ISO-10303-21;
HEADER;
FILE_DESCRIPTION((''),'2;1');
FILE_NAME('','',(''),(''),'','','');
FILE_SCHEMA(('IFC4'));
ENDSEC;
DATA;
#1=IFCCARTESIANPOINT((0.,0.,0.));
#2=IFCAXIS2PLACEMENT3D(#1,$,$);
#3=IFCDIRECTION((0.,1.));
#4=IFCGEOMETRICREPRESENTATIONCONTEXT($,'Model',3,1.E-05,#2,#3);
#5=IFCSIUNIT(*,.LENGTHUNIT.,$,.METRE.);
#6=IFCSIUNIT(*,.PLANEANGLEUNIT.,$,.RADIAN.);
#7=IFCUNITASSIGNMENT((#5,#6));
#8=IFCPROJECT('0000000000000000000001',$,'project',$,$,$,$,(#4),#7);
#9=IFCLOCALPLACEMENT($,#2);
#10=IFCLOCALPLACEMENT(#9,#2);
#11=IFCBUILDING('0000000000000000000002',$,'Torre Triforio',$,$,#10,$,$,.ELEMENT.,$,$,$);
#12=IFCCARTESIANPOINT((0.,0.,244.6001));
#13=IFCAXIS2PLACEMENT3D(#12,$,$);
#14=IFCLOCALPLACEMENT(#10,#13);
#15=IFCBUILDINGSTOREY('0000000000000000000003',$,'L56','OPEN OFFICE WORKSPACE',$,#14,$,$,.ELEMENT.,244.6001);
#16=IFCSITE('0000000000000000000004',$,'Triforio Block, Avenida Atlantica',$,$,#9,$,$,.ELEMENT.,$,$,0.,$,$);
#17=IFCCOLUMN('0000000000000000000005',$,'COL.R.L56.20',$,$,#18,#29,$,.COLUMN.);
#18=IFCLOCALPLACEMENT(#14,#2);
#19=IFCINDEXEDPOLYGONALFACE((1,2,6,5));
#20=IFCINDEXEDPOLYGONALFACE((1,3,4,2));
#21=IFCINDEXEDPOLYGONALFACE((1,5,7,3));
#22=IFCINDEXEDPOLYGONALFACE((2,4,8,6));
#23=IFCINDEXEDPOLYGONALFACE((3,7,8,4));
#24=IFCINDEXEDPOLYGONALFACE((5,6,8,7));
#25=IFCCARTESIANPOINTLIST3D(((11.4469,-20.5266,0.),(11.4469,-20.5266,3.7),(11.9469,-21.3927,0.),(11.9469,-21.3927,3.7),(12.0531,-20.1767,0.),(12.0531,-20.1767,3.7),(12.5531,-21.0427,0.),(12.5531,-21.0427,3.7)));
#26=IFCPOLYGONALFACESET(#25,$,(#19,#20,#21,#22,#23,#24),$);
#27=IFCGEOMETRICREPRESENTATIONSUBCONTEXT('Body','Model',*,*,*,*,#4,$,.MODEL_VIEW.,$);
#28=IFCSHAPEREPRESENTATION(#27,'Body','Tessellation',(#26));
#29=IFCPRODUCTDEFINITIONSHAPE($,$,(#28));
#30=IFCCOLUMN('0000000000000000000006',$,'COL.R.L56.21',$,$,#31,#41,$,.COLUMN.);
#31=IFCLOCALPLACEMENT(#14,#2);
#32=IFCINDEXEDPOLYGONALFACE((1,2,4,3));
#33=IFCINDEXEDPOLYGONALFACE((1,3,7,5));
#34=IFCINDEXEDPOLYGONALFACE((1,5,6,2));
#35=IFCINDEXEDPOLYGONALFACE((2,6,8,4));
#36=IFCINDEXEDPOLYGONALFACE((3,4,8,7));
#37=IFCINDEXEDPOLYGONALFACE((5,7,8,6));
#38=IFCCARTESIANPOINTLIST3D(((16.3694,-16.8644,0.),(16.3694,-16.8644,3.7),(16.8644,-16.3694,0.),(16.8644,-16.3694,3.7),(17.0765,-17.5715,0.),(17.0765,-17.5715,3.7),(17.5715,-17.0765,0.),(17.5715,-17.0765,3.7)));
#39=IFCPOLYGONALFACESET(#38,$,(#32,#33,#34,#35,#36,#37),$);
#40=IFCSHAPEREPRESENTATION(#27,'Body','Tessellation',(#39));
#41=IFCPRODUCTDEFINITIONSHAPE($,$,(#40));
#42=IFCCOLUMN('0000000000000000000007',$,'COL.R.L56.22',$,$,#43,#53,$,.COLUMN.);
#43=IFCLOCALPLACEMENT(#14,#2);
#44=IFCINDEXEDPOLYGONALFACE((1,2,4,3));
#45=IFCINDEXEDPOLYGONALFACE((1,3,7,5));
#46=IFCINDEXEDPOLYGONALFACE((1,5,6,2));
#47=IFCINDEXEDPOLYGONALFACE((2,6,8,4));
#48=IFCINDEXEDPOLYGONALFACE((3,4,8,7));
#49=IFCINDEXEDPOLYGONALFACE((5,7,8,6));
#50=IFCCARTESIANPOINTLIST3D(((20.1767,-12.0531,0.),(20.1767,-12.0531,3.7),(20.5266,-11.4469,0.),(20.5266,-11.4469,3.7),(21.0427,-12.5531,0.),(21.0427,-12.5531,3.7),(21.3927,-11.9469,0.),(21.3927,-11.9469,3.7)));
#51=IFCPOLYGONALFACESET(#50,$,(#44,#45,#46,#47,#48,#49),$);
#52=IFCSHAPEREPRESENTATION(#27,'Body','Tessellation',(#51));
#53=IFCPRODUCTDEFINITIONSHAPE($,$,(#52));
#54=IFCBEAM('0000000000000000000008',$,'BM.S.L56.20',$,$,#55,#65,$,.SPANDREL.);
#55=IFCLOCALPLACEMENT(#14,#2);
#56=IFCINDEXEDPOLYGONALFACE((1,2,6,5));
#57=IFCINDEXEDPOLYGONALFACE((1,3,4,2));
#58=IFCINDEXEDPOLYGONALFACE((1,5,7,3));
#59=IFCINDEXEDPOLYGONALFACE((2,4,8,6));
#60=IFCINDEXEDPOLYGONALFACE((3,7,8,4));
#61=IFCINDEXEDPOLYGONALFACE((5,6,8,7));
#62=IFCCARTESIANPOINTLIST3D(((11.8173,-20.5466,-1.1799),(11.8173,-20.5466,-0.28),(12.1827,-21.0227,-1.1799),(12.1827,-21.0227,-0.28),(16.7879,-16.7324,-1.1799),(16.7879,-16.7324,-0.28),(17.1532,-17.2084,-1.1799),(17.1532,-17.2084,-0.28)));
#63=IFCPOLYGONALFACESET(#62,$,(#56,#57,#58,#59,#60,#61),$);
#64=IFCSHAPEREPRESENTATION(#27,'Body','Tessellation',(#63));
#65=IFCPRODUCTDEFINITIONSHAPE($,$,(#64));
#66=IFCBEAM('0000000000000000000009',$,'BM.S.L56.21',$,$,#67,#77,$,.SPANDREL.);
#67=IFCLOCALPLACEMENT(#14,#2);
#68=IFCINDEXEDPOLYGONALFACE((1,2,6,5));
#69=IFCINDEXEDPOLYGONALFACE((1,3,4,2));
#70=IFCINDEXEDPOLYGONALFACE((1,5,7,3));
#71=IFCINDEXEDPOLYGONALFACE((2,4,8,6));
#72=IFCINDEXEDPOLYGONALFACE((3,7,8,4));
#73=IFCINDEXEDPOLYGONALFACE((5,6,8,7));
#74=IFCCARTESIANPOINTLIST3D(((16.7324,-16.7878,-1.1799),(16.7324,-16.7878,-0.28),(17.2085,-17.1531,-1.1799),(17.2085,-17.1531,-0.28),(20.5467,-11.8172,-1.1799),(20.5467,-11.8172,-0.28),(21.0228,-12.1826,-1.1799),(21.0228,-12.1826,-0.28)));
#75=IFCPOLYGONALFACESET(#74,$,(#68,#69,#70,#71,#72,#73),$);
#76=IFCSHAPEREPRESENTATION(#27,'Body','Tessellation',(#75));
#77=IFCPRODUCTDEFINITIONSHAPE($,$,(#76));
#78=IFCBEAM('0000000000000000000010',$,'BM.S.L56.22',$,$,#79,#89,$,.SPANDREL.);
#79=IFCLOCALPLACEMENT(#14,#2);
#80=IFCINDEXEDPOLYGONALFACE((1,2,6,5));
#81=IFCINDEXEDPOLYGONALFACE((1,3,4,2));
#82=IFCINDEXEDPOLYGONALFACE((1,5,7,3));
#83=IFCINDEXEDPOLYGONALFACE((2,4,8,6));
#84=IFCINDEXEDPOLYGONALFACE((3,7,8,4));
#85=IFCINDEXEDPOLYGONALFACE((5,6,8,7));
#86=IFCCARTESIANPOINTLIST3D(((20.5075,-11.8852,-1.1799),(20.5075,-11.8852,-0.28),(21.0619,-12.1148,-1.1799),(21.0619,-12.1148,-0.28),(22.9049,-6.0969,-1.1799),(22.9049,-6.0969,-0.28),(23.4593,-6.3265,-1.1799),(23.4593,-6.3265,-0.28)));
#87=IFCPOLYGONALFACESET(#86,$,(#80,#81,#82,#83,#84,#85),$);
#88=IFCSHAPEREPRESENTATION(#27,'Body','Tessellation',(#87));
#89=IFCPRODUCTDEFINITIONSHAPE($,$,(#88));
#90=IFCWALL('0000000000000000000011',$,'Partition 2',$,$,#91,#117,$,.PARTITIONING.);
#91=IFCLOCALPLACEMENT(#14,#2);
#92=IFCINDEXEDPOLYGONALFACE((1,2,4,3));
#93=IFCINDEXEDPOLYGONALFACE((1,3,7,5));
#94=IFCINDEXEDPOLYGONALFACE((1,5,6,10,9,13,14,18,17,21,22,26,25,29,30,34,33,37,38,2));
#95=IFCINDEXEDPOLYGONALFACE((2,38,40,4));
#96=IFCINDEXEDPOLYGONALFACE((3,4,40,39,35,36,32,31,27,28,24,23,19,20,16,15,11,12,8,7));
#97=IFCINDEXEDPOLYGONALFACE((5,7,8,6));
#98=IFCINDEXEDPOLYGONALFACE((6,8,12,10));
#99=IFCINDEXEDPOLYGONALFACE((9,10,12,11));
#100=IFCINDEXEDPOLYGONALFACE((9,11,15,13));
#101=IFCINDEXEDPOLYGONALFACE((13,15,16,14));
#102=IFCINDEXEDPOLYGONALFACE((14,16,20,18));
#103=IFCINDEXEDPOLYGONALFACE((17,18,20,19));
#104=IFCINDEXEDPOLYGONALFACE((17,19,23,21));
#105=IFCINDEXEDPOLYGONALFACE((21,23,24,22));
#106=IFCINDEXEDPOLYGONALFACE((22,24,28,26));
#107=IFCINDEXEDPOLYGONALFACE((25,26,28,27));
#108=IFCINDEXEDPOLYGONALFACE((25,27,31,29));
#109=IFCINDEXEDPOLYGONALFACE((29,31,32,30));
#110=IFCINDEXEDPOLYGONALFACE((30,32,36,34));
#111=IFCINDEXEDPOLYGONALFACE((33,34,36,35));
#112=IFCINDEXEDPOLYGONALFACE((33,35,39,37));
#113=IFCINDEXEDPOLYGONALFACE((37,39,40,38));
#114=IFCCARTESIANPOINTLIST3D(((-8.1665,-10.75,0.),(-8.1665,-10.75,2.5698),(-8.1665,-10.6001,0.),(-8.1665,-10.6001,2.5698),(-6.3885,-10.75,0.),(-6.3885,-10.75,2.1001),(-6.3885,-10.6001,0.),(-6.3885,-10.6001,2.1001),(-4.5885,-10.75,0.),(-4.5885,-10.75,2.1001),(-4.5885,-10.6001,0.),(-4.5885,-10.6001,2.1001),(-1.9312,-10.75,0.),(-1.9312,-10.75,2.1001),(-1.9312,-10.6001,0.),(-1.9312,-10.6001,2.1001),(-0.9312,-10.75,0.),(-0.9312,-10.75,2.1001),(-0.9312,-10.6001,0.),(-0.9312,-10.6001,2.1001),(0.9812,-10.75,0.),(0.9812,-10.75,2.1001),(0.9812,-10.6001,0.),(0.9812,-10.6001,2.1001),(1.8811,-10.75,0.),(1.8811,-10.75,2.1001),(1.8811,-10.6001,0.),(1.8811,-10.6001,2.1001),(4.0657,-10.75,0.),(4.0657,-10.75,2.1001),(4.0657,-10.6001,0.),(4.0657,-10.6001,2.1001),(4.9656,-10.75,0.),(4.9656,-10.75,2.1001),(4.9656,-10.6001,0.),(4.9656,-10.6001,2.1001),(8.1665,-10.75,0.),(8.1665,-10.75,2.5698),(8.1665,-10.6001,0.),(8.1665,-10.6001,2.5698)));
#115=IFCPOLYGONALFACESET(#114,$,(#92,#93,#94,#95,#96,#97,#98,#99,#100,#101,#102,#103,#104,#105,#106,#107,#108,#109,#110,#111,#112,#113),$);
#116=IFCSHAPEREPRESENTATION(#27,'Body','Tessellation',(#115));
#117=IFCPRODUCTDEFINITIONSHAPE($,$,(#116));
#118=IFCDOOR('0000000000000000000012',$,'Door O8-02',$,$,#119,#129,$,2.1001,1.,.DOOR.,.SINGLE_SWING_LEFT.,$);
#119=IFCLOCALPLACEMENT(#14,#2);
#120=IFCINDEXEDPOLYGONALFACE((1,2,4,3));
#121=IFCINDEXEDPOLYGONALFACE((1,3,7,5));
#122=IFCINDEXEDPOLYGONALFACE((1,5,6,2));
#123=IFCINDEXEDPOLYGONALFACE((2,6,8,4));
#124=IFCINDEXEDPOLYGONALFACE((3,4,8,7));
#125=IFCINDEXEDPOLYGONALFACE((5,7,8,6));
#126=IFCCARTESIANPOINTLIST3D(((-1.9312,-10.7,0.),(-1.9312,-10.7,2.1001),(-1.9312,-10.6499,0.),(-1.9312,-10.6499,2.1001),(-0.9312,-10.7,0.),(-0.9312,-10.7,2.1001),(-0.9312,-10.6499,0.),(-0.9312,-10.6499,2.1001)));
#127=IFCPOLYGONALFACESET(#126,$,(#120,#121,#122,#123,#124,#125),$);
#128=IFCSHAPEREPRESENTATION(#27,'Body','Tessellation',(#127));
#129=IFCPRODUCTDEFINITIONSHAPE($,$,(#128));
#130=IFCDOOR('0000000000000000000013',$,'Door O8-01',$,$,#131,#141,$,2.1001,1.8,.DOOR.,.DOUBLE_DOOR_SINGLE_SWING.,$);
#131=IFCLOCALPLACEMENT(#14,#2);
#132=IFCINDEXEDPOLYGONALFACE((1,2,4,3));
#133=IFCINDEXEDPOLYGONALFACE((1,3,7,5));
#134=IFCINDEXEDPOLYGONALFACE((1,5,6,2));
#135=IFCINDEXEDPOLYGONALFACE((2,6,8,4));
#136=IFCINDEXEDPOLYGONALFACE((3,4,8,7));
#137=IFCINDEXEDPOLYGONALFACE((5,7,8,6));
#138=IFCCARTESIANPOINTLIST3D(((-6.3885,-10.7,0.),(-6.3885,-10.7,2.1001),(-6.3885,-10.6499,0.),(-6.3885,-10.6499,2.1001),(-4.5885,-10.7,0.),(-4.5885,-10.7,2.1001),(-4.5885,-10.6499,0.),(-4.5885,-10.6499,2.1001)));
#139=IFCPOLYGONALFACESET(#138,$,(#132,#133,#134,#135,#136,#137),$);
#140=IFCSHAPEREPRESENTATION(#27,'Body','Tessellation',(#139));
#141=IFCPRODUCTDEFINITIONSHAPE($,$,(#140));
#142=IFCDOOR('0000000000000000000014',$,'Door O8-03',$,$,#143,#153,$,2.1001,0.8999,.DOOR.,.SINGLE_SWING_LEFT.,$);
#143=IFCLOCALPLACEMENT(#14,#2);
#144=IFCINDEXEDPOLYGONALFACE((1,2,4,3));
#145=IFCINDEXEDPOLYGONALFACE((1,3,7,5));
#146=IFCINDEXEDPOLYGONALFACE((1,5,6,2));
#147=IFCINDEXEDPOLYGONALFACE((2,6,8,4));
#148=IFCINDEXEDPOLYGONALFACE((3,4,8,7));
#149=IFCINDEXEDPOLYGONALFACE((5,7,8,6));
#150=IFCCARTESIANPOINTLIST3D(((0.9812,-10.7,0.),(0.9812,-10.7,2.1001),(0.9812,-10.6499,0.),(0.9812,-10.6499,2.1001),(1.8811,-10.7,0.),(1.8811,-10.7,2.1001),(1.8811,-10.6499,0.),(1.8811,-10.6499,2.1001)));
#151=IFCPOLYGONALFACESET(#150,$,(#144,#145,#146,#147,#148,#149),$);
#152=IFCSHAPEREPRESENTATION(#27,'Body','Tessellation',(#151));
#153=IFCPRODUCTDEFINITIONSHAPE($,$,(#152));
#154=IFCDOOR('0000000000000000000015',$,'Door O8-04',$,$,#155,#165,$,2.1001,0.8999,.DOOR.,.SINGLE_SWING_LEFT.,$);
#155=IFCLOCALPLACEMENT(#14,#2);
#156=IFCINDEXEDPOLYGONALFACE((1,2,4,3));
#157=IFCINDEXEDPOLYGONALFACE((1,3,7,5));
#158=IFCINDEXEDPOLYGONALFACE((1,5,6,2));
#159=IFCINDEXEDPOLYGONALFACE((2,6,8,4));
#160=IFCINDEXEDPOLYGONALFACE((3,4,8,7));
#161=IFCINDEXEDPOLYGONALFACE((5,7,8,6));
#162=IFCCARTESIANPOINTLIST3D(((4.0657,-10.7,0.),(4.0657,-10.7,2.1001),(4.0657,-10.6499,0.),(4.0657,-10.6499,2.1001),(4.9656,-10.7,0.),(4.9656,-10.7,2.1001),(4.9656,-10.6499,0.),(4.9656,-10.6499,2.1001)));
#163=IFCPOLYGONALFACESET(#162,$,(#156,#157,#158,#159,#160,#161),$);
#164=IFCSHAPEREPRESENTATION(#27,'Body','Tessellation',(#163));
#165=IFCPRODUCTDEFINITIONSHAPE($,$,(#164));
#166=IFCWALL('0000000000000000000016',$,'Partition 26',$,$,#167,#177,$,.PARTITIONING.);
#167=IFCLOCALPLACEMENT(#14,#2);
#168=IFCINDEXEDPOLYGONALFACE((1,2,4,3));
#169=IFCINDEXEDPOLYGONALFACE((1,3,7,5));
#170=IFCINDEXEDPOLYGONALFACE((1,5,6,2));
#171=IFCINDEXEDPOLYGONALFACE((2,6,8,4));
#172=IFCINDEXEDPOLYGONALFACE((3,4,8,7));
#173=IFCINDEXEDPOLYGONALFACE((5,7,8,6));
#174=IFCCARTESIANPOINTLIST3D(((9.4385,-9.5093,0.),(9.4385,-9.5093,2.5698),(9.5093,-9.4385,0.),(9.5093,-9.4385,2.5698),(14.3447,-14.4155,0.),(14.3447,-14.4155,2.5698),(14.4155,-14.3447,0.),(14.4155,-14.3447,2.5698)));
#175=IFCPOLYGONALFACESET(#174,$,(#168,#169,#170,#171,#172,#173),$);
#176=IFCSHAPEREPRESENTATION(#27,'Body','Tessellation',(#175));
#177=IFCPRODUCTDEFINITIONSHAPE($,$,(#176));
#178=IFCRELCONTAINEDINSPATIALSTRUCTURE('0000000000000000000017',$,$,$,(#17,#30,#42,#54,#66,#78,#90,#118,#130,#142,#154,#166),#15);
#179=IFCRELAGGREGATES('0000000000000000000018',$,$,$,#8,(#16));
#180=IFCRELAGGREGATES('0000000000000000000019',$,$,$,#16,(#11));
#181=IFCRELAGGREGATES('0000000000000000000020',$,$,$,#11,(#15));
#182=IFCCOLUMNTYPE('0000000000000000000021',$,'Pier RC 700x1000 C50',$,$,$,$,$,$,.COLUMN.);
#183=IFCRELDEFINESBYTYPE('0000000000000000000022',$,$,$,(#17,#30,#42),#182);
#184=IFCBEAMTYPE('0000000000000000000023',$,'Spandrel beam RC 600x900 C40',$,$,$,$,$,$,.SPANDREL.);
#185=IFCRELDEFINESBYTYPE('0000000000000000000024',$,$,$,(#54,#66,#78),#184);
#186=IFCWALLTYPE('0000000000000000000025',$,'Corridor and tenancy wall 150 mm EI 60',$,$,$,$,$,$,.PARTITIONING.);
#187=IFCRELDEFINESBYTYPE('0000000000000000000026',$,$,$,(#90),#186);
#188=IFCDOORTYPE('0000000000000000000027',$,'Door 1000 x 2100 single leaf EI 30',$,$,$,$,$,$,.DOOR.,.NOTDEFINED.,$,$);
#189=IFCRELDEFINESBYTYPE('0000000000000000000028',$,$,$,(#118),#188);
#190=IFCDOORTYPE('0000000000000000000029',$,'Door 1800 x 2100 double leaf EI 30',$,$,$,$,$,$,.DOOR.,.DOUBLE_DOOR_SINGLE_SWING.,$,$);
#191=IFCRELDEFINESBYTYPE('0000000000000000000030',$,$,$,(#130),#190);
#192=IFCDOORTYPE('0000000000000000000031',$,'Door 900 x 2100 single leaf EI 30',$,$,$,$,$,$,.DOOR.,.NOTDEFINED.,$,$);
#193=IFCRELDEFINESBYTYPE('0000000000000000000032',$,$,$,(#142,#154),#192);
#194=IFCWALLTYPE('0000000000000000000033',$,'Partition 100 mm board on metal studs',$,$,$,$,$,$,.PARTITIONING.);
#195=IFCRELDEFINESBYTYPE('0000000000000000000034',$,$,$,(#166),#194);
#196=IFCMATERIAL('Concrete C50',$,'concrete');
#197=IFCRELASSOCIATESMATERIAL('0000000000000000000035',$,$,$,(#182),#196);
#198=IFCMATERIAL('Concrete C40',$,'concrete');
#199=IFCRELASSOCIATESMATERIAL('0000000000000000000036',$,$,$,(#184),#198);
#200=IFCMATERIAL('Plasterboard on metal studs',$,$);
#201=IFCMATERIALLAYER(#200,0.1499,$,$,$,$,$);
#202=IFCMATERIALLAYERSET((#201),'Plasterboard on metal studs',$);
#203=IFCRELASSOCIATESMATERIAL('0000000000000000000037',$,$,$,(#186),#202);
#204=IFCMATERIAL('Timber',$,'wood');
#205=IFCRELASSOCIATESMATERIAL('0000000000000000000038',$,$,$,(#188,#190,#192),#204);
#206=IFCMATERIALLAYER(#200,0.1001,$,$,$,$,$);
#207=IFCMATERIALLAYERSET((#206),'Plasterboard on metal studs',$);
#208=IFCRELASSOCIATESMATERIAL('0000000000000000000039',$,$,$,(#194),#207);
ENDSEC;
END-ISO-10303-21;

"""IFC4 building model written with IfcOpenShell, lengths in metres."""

from ifc_helpers import new_model, si_unit, direction, frame, frame_2d, origin, origin_2d, place, context, subcontext, project, spatial, rectangle, extrude, material, layer, layer_set, material_profile, profile_set, type_object, element, fill, save


model = new_model("IFC4")

# Units and contexts
model_context = context("Model", 3, precision=1e-05, world=origin(), true_north=direction((0.0, 1.0)))
body_context = subcontext(model_context, "Body", "Model", "MODEL_VIEW")
ifc_project = project(units=[si_unit("LENGTHUNIT", "METRE"), si_unit("PLANEANGLEUNIT", "RADIAN")], contexts=[model_context])

# Site, building, storey
site_placement = place(None, origin())
site = spatial("IfcSite", under=ifc_project, at=site_placement, Name="Triforio Block, Avenida Atlantica", CompositionType="ELEMENT", RefElevation=0.0)
building_placement = place(site_placement, origin())
building = spatial("IfcBuilding", under=site, at=building_placement, Name="Torre Triforio", CompositionType="ELEMENT")
storey_placement = place(building_placement, frame((0.0, 0.0, 244.6001)))
storey = spatial("IfcBuildingStorey", under=building, at=storey_placement, Name="L56", Description="OPEN OFFICE WORKSPACE", CompositionType="ELEMENT", Elevation=244.6001)

# Columns
ifc_material_1 = material(Name="Concrete C50", Category="concrete")
ifc_material_profile_1 = material_profile(ifc_material_1, rectangle(XDim=0.7, YDim=1.0, at=origin_2d()), Name="RC 700x1000")
ifc_profile_set_1 = profile_set([ifc_material_profile_1], Name="Concrete C50")
column_type = type_object("IfcColumnType", Name="Pier RC 700x1000 C50", PredefinedType="COLUMN", material=ifc_profile_set_1)
for number, where, z_axis, x_axis, name in (
    (1, (12.0, -20.7847, 0.0), (0.0, 0.0, 1.0), (0.866025, 0.5, 0.0), "COL.R.L56.20"),
    (2, (16.9705, -16.9705, 0.0), (0.0, 0.0, 1.0), (0.707107, 0.707107, 0.0), "COL.R.L56.21"),
    (3, (20.7847, -12.0, 0.0), (0.0, 0.0, 1.0), (0.5, 0.866025, 0.0), "COL.R.L56.22"),
):
    element("IfcColumn", number, at=place(storey_placement, frame(where, z_axis=z_axis, x_axis=x_axis)), inside=storey, type_object=column_type, Name=name, PredefinedType="COLUMN", context=body_context, shape_type="SweptSolid", body=[
        extrude(rectangle(XDim=0.7, YDim=1.0, at=origin_2d()), origin(), (0.0, 0.0, 1.0), 3.7),
    ])

# Beams
ifc_material_2 = material(Name="Concrete C40", Category="concrete")
ifc_material_profile_2 = material_profile(ifc_material_2, rectangle(XDim=0.6001, YDim=0.8999, at=origin_2d()), Name="RC 600x900")
ifc_profile_set_2 = profile_set([ifc_material_profile_2], Name="Concrete C40")
beam_type = type_object("IfcBeamType", Name="Spandrel beam RC 600x900 C40", PredefinedType="SPANDREL", material=ifc_profile_set_2)
for number, where, z_axis, x_axis, name in (
    (4, (12.0, -20.7847, -0.73), (0.793335, 0.608786, 0.0), (-0.608786, 0.793335, 0.0), "BM.S.L56.20"),
    (5, (16.9705, -16.9705, -0.73), (0.608786, 0.793335, 0.0), (-0.793335, 0.608786, 0.0), "BM.S.L56.21"),
):
    element("IfcBeam", number, at=place(storey_placement, frame(where, z_axis=z_axis, x_axis=x_axis)), inside=storey, type_object=beam_type, Name=name, PredefinedType="SPANDREL", context=body_context, shape_type="SweptSolid", body=[
        extrude(rectangle(XDim=0.6001, YDim=0.8999, at=origin_2d()), origin(), (0.0, 0.0, 1.0), 6.2654),
    ])
beam_placement = place(storey_placement, frame((20.7847, -12.0, -0.73), z_axis=(0.382664, 0.923888, 0.0), x_axis=(-0.923888, 0.382664, 0.0)))
element("IfcBeam", 6, at=beam_placement, inside=storey, type_object=beam_type, Name="BM.S.L56.22", PredefinedType="SPANDREL", context=body_context, shape_type="SweptSolid", body=[
    extrude(rectangle(XDim=0.6001, YDim=0.8999, at=origin_2d()), origin(), (0.0, 0.0, 1.0), 6.2651),
])

# Wall, openings, doors
ifc_material_3 = material(Name="Plasterboard on metal studs")
ifc_layer_1 = layer(ifc_material_3, 0.1499)
ifc_layer_set_1 = layer_set([ifc_layer_1], Name="Plasterboard on metal studs")
wall_type_1 = type_object("IfcWallType", Name="Corridor and tenancy wall 150 mm EI 60", PredefinedType="PARTITIONING", material=ifc_layer_set_1)
wall_1_placement = place(storey_placement, frame((8.1665, -10.675, 0.0), z_axis=(0.0, 0.0, 1.0), x_axis=(-1.0, 0.0, 0.0)))
wall_1 = element("IfcWall", 7, at=wall_1_placement, inside=storey, type_object=wall_type_1, Name="Partition 2", PredefinedType="PARTITIONING", context=body_context, shape_type="SweptSolid", body=[
    extrude(rectangle(XDim=16.333, YDim=0.1499, at=frame_2d((8.1665, 0.0))), origin(), (0.0, 0.0, 1.0), 2.5698),
])
opening_1_placement = place(wall_1_placement, frame((12.7551, 0.0, 0.0)))
opening_1 = element("IfcOpeningElement", 8, at=opening_1_placement, cuts=wall_1, PredefinedType="OPENING", context=body_context, shape_type="SweptSolid", body=[
    extrude(rectangle(XDim=1.8, YDim=2.1001, at=frame_2d((0.8999, 1.05))), frame((0.0, 0.085, 0.0), z_axis=(0.0, -1.0, 0.0), x_axis=(1.0, 0.0, 0.0)), (0.0, 0.0, 1.0), 0.1699),
])
opening_2_placement = place(wall_1_placement, frame((9.0977, 0.0, 0.0)))
opening_2 = element("IfcOpeningElement", 9, at=opening_2_placement, cuts=wall_1, PredefinedType="OPENING", context=body_context, shape_type="SweptSolid", body=[
    extrude(rectangle(XDim=1.0, YDim=2.1001, at=frame_2d((0.5, 1.05))), frame((0.0, 0.085, 0.0), z_axis=(0.0, -1.0, 0.0), x_axis=(1.0, 0.0, 0.0)), (0.0, 0.0, 1.0), 0.1699),
])
opening_3_placement = place(wall_1_placement, frame((6.2854, 0.0, 0.0)))
opening_3 = element("IfcOpeningElement", 10, at=opening_3_placement, cuts=wall_1, PredefinedType="OPENING", context=body_context, shape_type="SweptSolid", body=[
    extrude(rectangle(XDim=0.8999, YDim=2.1001, at=frame_2d((0.45, 1.05))), frame((0.0, 0.085, 0.0), z_axis=(0.0, -1.0, 0.0), x_axis=(1.0, 0.0, 0.0)), (0.0, 0.0, 1.0), 0.1699),
])
opening_4_placement = place(wall_1_placement, frame((3.2009, 0.0, 0.0)))
opening_4 = element("IfcOpeningElement", 11, at=opening_4_placement, cuts=wall_1, PredefinedType="OPENING", context=body_context, shape_type="SweptSolid", body=[
    extrude(rectangle(XDim=0.8999, YDim=2.1001, at=frame_2d((0.45, 1.05))), frame((0.0, 0.085, 0.0), z_axis=(0.0, -1.0, 0.0), x_axis=(1.0, 0.0, 0.0)), (0.0, 0.0, 1.0), 0.1699),
])
ifc_material_4 = material(Name="Timber", Category="wood")
door_type_1 = type_object("IfcDoorType", Name="Door 1000 x 2100 single leaf EI 30", OperationType="NOTDEFINED", PredefinedType="DOOR", material=ifc_material_4)
door_1_placement = place(opening_2_placement, origin())
door_1 = element("IfcDoor", 12, at=door_1_placement, inside=storey, type_object=door_type_1, Name="Door O8-02", OperationType="SINGLE_SWING_LEFT", OverallHeight=2.1001, OverallWidth=1.0, PredefinedType="DOOR", context=body_context, shape_type="SweptSolid", body=[
    extrude(rectangle(XDim=1.0, YDim=2.1001, at=frame_2d((0.5, 1.05))), frame((0.0, 0.0249, 0.0), z_axis=(0.0, -1.0, 0.0), x_axis=(1.0, 0.0, 0.0)), (0.0, 0.0, 1.0), 0.05),
])
fill(opening_2, door_1)
door_type_2 = type_object("IfcDoorType", Name="Door 1800 x 2100 double leaf EI 30", OperationType="DOUBLE_DOOR_SINGLE_SWING", PredefinedType="DOOR", material=ifc_material_4)
door_2_placement = place(opening_1_placement, origin())
door_2 = element("IfcDoor", 13, at=door_2_placement, inside=storey, type_object=door_type_2, Name="Door O8-01", OperationType="DOUBLE_DOOR_SINGLE_SWING", OverallHeight=2.1001, OverallWidth=1.8, PredefinedType="DOOR", context=body_context, shape_type="SweptSolid", body=[
    extrude(rectangle(XDim=1.8, YDim=2.1001, at=frame_2d((0.8999, 1.05))), frame((0.0, 0.0249, 0.0), z_axis=(0.0, -1.0, 0.0), x_axis=(1.0, 0.0, 0.0)), (0.0, 0.0, 1.0), 0.05),
])
fill(opening_1, door_2)
door_type_3 = type_object("IfcDoorType", Name="Door 900 x 2100 single leaf EI 30", OperationType="NOTDEFINED", PredefinedType="DOOR", material=ifc_material_4)
door_3_placement = place(opening_3_placement, origin())
door_3 = element("IfcDoor", 14, at=door_3_placement, inside=storey, type_object=door_type_3, Name="Door O8-03", OperationType="SINGLE_SWING_LEFT", OverallHeight=2.1001, OverallWidth=0.8999, PredefinedType="DOOR", context=body_context, shape_type="SweptSolid", body=[
    extrude(rectangle(XDim=0.8999, YDim=2.1001, at=frame_2d((0.45, 1.05))), frame((0.0, 0.0249, 0.0), z_axis=(0.0, -1.0, 0.0), x_axis=(1.0, 0.0, 0.0)), (0.0, 0.0, 1.0), 0.05),
])
fill(opening_3, door_3)
door_4_placement = place(opening_4_placement, origin())
door_4 = element("IfcDoor", 15, at=door_4_placement, inside=storey, type_object=door_type_3, Name="Door O8-04", OperationType="SINGLE_SWING_LEFT", OverallHeight=2.1001, OverallWidth=0.8999, PredefinedType="DOOR", context=body_context, shape_type="SweptSolid", body=[
    extrude(rectangle(XDim=0.8999, YDim=2.1001, at=frame_2d((0.45, 1.05))), frame((0.0, 0.0249, 0.0), z_axis=(0.0, -1.0, 0.0), x_axis=(1.0, 0.0, 0.0)), (0.0, 0.0, 1.0), 0.05),
])
fill(opening_4, door_4)

# Wall
ifc_layer_2 = layer(ifc_material_3, 0.1001)
ifc_layer_set_2 = layer_set([ifc_layer_2], Name="Plasterboard on metal studs")
wall_type_2 = type_object("IfcWallType", Name="Partition 100 mm board on metal studs", PredefinedType="PARTITIONING", material=ifc_layer_set_2)
wall_2_placement = place(storey_placement, frame((9.4739, -9.4739, 0.0), z_axis=(0.0, 0.0, 1.0), x_axis=(0.707107, -0.707107, 0.0)))
element("IfcWall", 16, at=wall_2_placement, inside=storey, type_object=wall_type_2, Name="Partition 26", PredefinedType="PARTITIONING", context=body_context, shape_type="SweptSolid", body=[
    extrude(rectangle(XDim=6.9385, YDim=0.1001, at=frame_2d((3.4692, 0.0))), origin(), (0.0, 0.0, 1.0), 2.5698),
])

save(model, "model.ifc")
